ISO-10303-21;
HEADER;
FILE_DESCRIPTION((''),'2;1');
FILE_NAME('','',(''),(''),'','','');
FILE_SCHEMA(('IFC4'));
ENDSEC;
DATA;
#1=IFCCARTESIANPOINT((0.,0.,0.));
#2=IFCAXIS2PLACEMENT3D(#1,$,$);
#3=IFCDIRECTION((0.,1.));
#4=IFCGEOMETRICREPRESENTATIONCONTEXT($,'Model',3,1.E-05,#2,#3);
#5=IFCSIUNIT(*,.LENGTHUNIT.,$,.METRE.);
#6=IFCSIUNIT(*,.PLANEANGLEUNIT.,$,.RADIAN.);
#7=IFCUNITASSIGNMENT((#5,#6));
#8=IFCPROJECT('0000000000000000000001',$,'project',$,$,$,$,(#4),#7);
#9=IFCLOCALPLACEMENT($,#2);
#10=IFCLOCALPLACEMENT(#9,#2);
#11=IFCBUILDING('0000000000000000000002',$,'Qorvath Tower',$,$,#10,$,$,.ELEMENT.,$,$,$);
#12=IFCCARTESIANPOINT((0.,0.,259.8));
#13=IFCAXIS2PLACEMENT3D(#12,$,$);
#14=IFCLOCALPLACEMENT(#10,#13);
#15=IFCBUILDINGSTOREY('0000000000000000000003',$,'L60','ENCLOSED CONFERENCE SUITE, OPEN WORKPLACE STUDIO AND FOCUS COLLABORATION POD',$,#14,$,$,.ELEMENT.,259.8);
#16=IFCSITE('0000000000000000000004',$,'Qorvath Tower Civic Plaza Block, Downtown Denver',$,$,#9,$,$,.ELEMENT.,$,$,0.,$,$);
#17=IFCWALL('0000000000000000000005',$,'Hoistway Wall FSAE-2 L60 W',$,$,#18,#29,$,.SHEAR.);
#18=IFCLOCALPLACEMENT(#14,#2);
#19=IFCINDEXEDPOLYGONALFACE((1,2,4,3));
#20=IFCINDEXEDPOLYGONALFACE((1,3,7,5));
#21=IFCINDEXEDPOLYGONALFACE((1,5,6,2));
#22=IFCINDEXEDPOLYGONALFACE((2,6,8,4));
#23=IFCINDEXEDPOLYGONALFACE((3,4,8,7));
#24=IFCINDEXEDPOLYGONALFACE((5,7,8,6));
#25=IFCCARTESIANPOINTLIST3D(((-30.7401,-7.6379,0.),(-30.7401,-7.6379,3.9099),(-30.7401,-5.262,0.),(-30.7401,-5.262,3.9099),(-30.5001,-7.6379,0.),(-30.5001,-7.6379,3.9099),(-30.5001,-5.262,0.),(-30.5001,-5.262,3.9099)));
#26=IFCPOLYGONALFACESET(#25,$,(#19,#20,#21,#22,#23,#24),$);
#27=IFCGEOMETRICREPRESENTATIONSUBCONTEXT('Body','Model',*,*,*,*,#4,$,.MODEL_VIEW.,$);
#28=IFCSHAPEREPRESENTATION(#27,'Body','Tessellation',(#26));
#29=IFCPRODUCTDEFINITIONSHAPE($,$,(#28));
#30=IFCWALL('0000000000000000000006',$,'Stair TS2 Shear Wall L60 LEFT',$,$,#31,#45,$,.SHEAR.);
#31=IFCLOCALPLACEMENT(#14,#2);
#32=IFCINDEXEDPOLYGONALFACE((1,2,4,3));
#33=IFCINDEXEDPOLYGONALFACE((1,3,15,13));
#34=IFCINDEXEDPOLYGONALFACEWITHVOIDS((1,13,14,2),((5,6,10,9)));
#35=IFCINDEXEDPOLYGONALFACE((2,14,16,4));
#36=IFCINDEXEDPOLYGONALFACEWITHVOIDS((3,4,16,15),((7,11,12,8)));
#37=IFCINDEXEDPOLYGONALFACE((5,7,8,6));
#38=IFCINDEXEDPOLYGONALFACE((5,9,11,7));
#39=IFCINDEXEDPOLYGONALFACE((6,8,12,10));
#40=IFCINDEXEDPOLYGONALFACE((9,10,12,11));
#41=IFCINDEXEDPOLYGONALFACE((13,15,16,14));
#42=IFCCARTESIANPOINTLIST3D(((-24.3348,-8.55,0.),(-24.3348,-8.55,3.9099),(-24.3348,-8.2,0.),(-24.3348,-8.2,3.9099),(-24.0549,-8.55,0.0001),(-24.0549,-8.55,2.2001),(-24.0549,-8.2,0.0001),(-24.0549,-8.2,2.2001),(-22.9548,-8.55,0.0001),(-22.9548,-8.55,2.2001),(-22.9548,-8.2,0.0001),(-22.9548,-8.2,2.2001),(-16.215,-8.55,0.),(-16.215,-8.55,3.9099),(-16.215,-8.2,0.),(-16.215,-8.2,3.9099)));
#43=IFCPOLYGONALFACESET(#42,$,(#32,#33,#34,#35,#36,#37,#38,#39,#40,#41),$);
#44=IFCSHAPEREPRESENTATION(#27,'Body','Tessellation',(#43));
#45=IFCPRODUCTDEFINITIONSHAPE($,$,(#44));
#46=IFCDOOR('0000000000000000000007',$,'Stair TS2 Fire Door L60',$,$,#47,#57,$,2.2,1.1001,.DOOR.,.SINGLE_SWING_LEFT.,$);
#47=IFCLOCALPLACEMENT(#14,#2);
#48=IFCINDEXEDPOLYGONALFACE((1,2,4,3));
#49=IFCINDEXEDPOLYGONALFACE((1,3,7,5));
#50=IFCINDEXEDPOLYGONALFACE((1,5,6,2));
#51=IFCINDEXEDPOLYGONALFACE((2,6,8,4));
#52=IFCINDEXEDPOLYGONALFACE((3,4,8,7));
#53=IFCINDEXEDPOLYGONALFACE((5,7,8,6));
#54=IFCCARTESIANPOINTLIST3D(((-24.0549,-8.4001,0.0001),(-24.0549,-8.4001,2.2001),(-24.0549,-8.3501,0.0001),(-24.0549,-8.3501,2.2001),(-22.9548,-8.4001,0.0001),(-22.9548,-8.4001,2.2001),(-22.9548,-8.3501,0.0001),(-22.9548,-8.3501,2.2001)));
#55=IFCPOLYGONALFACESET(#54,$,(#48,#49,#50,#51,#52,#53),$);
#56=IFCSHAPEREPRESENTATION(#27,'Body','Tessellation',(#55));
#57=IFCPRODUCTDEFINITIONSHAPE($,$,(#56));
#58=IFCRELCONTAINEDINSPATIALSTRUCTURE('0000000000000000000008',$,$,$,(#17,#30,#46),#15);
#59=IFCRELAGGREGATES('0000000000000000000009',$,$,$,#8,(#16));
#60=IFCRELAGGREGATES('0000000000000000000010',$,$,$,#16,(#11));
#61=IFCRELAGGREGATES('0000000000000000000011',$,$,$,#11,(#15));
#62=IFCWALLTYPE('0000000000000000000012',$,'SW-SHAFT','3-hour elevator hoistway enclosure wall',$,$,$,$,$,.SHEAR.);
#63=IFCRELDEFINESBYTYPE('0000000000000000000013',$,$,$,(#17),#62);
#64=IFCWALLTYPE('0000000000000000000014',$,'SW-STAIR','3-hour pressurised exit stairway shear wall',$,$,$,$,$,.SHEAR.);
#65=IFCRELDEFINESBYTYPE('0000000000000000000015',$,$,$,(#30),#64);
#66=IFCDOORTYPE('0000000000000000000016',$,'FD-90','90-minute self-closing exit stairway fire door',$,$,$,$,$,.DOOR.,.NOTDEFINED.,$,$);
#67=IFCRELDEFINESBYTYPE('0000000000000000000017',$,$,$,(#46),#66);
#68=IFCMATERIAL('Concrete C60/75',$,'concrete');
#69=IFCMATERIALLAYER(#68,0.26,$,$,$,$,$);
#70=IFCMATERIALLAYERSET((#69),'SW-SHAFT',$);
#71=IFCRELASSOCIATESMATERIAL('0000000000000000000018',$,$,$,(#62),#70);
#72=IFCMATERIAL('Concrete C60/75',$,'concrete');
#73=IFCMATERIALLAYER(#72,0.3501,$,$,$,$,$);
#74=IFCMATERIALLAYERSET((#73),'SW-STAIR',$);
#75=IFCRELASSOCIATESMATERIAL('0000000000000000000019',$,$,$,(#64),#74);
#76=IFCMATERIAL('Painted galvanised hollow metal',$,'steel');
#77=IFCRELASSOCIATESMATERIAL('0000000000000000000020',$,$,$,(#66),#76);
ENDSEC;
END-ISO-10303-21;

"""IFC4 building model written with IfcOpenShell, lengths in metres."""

from ifc_helpers import new_model, si_unit, direction, frame, frame_2d, origin, place, context, subcontext, project, spatial, rectangle, extrude, material, layer, layer_set, type_object, element, fill, save


model = new_model("IFC4")

# Units and contexts
model_context = context("Model", 3, precision=1e-05, world=origin(), true_north=direction((0.0, 1.0)))
body_context = subcontext(model_context, "Body", "Model", "MODEL_VIEW")
ifc_project = project(units=[si_unit("LENGTHUNIT", "METRE"), si_unit("PLANEANGLEUNIT", "RADIAN")], contexts=[model_context])

# Site, building, storey
site_placement = place(None, origin())
site = spatial("IfcSite", under=ifc_project, at=site_placement, Name="Qorvath Tower Civic Plaza Block, Downtown Denver", CompositionType="ELEMENT", RefElevation=0.0)
building_placement = place(site_placement, origin())
building = spatial("IfcBuilding", under=site, at=building_placement, Name="Qorvath Tower", CompositionType="ELEMENT")
storey_placement = place(building_placement, frame((0.0, 0.0, 259.8)))
storey = spatial("IfcBuildingStorey", under=building, at=storey_placement, Name="L60", Description="ENCLOSED CONFERENCE SUITE, OPEN WORKPLACE STUDIO AND FOCUS COLLABORATION POD", CompositionType="ELEMENT", Elevation=259.8)

# Wall
ifc_material_1 = material(Name="Concrete C60/75", Category="concrete")
ifc_layer_1 = layer(ifc_material_1, 0.26)
ifc_layer_set_1 = layer_set([ifc_layer_1], Name="SW-SHAFT")
wall_type_1 = type_object("IfcWallType", Name="SW-SHAFT", Description="3-hour elevator hoistway enclosure wall", PredefinedType="SHEAR", material=ifc_layer_set_1)
wall_1_placement = place(storey_placement, frame((-30.6201, -7.6379, 0.0), z_axis=(0.0, 0.0, 1.0), x_axis=(0.0, 1.0, 0.0)))
element("IfcWall", 1, at=wall_1_placement, inside=storey, type_object=wall_type_1, Name="Hoistway Wall FSAE-2 L60 W", PredefinedType="SHEAR", context=body_context, shape_type="SweptSolid", body=[
    extrude(rectangle(XDim=2.376, YDim=0.24, at=frame_2d((1.188, 0.0))), origin(), (0.0, 0.0, 1.0), 3.9099),
])

# Wall, opening, door
ifc_material_2 = material(Name="Concrete C60/75", Category="concrete")
ifc_layer_2 = layer(ifc_material_2, 0.3501)
ifc_layer_set_2 = layer_set([ifc_layer_2], Name="SW-STAIR")
wall_type_2 = type_object("IfcWallType", Name="SW-STAIR", Description="3-hour pressurised exit stairway shear wall", PredefinedType="SHEAR", material=ifc_layer_set_2)
wall_2_placement = place(storey_placement, frame((-24.335, -8.375, 0.0), z_axis=(0.0, 0.0, 1.0), x_axis=(1.0, 0.0, 0.0)))
wall_2 = element("IfcWall", 2, at=wall_2_placement, inside=storey, type_object=wall_type_2, Name="Stair TS2 Shear Wall L60 LEFT", PredefinedType="SHEAR", context=body_context, shape_type="SweptSolid", body=[
    extrude(rectangle(XDim=8.1199, YDim=0.3501, at=frame_2d((4.0601, 0.0))), origin(), (0.0, 0.0, 1.0), 3.9099),
])
opening_1_placement = place(wall_2_placement, frame((0.28, 0.0, 0.0)))
opening_1 = element("IfcOpeningElement", 3, at=opening_1_placement, cuts=wall_2, PredefinedType="OPENING", context=body_context, shape_type="SweptSolid", body=[
    extrude(rectangle(XDim=1.1001, YDim=2.2, at=frame_2d((0.55, 1.1001))), frame((0.0, 0.1851, 0.0), z_axis=(0.0, -1.0, 0.0), x_axis=(1.0, 0.0, 0.0)), (0.0, 0.0, 1.0), 0.3701),
])
ifc_material_3 = material(Name="Painted galvanised hollow metal", Category="steel")
door_type_1 = type_object("IfcDoorType", Name="FD-90", Description="90-minute self-closing exit stairway fire door", OperationType="NOTDEFINED", PredefinedType="DOOR", material=ifc_material_3)
door_1_placement = place(opening_1_placement, origin())
door_1 = element("IfcDoor", 4, at=door_1_placement, inside=storey, type_object=door_type_1, Name="Stair TS2 Fire Door L60", OperationType="SINGLE_SWING_LEFT", OverallHeight=2.2, OverallWidth=1.1001, PredefinedType="DOOR", context=body_context, shape_type="SweptSolid", body=[
    extrude(rectangle(XDim=1.1001, YDim=2.2, at=frame_2d((0.55, 1.1001))), frame((0.0, 0.0249, 0.0), z_axis=(0.0, -1.0, 0.0), x_axis=(1.0, 0.0, 0.0)), (0.0, 0.0, 1.0), 0.05),
])
fill(opening_1, door_1)

save(model, "model.ifc")
